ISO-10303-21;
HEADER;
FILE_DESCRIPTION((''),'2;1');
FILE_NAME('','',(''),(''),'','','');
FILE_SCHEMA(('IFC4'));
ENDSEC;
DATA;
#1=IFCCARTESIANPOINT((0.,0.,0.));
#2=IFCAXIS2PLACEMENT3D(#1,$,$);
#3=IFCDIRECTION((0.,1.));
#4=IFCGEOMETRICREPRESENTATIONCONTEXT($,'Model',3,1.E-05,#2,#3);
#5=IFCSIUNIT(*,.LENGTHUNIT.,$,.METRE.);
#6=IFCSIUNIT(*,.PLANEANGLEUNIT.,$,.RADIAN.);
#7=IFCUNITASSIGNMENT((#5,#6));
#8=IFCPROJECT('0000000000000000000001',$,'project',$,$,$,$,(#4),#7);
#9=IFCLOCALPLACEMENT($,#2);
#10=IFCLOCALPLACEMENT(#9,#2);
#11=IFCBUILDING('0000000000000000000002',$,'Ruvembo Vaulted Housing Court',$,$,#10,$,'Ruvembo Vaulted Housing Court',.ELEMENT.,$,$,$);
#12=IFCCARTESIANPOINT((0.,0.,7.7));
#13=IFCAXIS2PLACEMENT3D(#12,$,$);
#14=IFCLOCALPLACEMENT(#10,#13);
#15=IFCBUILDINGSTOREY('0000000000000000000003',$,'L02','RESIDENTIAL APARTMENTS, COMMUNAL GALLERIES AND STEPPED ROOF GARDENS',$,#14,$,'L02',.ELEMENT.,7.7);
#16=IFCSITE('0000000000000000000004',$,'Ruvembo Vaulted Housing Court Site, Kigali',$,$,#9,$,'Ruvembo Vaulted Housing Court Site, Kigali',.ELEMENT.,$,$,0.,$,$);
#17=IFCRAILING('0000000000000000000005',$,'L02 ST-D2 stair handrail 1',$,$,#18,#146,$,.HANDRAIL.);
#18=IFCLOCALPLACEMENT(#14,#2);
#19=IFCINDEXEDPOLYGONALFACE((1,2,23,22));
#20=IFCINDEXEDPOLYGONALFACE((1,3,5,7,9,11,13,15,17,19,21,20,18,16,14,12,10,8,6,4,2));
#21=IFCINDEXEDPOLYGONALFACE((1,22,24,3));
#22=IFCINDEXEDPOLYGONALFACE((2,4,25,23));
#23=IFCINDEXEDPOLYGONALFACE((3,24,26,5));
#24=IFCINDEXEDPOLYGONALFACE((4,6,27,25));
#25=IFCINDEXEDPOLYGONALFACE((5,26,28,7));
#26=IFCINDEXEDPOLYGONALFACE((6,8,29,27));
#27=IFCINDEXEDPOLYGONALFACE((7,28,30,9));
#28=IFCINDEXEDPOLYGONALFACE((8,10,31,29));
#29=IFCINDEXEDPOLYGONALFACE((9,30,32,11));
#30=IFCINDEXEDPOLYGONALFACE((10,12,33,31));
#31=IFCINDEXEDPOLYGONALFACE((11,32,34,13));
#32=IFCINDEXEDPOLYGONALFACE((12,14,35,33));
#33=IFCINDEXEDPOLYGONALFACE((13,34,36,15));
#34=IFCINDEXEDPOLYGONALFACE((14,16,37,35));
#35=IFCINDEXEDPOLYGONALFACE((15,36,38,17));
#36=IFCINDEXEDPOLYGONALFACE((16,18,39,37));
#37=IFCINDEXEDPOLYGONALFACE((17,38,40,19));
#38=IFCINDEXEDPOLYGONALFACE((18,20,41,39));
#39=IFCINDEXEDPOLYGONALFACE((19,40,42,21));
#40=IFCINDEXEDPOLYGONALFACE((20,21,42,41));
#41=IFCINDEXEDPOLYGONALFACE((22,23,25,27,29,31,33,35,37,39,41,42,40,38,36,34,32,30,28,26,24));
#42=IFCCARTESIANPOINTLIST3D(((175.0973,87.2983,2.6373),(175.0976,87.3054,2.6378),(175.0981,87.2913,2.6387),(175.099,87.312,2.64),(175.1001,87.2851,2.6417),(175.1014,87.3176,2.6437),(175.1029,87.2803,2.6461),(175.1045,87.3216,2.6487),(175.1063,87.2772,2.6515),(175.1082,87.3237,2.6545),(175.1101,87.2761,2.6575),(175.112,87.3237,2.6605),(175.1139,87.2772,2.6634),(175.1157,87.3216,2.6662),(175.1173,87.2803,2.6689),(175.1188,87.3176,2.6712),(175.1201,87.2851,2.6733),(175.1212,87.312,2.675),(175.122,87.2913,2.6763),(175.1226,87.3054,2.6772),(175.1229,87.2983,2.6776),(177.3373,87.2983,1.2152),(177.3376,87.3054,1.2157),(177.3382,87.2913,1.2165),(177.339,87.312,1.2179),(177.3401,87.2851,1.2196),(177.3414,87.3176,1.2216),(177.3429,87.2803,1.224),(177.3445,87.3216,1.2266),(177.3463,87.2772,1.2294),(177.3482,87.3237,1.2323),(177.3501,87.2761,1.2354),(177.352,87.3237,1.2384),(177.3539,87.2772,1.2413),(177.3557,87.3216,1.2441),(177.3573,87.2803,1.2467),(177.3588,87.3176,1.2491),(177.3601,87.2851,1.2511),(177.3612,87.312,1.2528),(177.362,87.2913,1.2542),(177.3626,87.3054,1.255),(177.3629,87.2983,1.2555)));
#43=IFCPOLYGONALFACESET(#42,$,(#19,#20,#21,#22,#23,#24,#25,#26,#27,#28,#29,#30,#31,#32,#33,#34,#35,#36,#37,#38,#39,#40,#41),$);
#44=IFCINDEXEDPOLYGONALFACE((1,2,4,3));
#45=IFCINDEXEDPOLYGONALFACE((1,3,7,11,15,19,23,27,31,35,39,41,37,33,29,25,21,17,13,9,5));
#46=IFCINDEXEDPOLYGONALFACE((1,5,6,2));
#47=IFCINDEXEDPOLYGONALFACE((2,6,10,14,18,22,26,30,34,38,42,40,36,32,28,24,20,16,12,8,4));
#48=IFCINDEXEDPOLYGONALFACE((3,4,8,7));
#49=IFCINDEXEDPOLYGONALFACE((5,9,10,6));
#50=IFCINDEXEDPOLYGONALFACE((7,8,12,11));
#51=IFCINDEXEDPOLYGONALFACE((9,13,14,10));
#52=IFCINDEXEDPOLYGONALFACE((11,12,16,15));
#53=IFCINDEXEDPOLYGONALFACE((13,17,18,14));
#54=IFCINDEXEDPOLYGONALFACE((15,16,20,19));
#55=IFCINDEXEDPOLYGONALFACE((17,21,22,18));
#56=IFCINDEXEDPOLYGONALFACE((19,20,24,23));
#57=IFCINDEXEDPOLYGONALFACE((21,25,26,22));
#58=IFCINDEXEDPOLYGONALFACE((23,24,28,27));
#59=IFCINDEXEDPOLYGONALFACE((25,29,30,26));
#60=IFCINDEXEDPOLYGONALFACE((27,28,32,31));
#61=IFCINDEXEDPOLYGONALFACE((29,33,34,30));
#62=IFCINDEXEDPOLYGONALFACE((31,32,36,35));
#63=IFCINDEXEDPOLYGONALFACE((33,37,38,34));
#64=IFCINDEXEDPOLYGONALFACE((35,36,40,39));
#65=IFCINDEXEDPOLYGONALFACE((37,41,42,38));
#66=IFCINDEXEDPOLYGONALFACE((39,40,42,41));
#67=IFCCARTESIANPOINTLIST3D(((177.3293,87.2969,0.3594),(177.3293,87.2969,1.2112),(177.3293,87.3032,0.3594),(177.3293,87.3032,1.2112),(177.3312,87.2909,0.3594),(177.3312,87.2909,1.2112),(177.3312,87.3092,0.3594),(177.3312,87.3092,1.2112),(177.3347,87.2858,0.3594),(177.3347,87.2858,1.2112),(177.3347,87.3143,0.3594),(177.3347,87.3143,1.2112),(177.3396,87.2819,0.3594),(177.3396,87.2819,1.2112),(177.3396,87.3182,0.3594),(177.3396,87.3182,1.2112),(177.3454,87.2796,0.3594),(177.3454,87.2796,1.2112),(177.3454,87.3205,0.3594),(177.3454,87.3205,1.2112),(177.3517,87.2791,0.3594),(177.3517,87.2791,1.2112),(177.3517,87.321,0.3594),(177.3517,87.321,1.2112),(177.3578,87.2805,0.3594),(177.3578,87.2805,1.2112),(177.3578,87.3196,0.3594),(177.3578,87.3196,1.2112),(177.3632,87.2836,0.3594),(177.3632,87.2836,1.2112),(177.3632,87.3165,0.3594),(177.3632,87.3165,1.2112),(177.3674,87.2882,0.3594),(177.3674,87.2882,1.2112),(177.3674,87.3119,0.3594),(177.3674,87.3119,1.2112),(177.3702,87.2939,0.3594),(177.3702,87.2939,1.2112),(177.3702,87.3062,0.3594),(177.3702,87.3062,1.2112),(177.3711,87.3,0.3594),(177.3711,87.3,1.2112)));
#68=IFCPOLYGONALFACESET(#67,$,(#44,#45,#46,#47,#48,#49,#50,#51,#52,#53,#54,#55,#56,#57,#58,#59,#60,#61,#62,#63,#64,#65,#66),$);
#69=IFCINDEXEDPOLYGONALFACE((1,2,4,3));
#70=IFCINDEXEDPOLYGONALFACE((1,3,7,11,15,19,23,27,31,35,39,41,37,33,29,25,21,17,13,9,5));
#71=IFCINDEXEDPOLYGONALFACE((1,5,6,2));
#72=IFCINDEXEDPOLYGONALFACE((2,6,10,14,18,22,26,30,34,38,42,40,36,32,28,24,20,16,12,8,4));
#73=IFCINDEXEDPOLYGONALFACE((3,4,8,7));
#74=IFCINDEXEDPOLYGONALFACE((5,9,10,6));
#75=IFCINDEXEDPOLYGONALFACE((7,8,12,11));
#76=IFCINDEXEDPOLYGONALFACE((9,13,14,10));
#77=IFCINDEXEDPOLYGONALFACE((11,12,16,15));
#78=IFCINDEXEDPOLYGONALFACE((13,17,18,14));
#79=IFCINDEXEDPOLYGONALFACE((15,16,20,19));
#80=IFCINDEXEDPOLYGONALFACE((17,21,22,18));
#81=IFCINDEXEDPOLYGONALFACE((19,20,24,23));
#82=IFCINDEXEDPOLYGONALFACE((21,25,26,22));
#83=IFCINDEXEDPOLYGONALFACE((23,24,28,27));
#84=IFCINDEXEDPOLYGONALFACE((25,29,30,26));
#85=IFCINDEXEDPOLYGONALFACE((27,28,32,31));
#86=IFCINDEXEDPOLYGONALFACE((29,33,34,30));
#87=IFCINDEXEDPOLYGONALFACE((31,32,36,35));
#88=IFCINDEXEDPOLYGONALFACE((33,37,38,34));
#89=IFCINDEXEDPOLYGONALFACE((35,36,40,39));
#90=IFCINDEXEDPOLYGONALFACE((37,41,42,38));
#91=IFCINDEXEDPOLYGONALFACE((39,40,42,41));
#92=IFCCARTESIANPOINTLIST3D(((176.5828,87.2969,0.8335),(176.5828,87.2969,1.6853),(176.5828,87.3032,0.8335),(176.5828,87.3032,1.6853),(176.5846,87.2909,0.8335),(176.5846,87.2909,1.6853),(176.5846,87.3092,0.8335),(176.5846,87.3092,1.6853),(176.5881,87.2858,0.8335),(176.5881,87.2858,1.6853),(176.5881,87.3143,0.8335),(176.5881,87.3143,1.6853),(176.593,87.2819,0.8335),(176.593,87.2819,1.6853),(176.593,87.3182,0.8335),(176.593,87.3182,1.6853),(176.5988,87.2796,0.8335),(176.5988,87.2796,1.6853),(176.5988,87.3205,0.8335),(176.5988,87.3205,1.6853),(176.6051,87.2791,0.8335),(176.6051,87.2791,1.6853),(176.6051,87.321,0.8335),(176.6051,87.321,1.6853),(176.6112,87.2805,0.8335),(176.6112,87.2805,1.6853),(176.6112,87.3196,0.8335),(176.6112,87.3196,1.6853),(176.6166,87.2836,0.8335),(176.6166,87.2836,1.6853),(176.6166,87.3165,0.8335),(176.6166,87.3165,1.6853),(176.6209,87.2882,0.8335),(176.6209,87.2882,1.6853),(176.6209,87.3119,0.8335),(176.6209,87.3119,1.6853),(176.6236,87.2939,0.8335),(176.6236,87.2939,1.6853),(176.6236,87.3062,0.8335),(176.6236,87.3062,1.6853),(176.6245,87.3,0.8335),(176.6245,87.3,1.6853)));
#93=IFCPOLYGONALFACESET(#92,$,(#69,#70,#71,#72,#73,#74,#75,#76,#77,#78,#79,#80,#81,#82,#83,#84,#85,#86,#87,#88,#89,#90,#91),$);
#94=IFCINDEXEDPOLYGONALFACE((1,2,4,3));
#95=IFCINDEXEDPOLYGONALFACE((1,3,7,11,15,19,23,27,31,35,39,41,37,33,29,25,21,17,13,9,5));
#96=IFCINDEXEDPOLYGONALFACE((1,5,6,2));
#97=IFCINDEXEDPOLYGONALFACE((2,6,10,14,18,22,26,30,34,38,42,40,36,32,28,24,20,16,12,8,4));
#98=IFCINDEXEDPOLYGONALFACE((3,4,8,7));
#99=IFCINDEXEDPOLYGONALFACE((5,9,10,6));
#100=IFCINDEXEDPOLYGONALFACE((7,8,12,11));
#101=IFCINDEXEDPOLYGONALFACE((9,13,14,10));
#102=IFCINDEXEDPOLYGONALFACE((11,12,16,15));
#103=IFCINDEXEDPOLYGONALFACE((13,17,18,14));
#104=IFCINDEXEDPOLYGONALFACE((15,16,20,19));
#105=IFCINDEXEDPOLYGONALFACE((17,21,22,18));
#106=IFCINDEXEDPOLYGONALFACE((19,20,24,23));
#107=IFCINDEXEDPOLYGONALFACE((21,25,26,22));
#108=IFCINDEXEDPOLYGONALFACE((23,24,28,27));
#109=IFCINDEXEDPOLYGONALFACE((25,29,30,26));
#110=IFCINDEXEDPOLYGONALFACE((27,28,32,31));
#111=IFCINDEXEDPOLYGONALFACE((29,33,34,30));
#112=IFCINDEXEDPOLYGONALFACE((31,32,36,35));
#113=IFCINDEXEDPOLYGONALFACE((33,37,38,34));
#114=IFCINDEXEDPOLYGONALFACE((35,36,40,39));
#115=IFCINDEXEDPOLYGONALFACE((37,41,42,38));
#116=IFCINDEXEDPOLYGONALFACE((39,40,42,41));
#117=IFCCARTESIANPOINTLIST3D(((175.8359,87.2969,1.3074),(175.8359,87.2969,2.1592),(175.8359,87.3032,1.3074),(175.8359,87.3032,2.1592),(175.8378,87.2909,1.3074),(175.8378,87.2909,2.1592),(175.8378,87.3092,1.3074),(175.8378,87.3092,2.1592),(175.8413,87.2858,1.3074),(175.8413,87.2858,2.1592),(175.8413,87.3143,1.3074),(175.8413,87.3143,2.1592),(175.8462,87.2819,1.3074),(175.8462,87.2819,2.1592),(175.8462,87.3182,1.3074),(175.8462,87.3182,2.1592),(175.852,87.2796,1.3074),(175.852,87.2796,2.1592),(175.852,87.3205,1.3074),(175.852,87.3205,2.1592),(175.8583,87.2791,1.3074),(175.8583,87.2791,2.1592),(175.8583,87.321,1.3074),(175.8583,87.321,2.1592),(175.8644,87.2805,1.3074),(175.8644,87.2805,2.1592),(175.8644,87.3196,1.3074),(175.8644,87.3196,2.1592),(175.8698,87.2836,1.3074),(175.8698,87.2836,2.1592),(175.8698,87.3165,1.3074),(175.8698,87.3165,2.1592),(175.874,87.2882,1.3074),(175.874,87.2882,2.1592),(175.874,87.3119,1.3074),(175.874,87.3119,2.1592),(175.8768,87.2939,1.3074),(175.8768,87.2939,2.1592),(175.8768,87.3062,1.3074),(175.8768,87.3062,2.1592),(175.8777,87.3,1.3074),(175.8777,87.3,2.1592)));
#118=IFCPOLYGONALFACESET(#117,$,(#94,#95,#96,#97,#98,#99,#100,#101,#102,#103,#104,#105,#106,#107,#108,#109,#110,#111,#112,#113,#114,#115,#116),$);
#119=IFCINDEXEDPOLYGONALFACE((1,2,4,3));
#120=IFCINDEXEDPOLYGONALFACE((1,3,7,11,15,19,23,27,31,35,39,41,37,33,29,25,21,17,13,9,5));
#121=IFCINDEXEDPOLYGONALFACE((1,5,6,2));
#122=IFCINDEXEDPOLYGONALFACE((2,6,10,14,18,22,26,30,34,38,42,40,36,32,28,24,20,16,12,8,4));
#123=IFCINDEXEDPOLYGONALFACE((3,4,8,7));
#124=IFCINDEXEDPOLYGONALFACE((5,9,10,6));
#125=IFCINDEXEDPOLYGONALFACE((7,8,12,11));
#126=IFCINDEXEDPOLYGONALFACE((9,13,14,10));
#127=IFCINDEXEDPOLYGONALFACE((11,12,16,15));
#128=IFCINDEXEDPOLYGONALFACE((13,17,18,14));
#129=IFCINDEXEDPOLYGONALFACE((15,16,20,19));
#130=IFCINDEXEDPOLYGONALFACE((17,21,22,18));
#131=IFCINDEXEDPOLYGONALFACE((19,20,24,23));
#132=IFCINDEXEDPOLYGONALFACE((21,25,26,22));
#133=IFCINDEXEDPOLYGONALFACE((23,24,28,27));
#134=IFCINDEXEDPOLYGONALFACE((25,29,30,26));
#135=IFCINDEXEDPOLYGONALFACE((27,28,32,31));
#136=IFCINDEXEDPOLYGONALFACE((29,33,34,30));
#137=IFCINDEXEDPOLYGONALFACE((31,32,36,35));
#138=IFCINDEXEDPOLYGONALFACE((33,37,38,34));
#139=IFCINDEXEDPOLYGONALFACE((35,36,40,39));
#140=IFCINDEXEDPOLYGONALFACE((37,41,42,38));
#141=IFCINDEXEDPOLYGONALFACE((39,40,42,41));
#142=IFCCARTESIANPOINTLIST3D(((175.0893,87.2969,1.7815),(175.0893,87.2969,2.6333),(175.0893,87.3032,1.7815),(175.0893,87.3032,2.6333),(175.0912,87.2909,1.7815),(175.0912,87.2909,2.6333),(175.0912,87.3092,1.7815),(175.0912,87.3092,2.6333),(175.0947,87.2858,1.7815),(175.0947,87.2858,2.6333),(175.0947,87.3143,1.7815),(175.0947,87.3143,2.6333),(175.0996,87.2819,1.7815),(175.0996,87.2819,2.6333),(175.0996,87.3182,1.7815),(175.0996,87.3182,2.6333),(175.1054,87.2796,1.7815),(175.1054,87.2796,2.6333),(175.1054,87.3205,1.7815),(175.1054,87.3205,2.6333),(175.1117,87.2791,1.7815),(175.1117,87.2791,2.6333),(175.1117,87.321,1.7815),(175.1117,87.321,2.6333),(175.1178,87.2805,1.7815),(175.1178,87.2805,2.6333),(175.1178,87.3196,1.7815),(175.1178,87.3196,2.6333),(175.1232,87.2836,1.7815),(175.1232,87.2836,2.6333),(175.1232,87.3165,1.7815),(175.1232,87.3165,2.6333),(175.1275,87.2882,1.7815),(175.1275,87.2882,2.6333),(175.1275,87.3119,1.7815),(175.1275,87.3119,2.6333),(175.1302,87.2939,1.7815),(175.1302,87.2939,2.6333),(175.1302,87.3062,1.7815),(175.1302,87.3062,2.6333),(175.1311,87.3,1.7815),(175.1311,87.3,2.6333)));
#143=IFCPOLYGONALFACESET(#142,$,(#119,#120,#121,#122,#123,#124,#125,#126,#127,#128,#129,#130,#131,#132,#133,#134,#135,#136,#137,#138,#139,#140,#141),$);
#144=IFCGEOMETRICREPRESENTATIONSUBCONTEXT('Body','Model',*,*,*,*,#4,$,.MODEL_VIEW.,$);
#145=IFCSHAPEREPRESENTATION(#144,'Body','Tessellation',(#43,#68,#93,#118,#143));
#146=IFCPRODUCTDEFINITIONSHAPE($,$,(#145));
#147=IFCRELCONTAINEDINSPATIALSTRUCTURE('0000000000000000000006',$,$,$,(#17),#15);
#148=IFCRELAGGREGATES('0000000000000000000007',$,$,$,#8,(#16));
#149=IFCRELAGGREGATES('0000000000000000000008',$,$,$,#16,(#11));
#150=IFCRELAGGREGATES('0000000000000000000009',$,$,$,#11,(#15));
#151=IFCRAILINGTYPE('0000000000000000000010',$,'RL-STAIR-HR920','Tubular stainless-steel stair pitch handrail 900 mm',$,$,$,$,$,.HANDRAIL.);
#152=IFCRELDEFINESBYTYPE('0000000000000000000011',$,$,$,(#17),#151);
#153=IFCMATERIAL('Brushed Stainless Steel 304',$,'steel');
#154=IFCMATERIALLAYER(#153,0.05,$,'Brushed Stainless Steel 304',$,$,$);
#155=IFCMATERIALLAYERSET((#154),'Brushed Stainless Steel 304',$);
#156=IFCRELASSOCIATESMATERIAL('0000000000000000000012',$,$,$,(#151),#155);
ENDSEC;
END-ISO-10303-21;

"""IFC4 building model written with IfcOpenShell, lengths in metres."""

from ifc_helpers import new_model, si_unit, direction, frame, origin, origin_2d, place, context, subcontext, project, spatial, circle, extrude, material, layer, layer_set, type_object, element, save


model = new_model("IFC4")

# Units and contexts
model_context = context("Model", 3, precision=1e-05, world=origin(), true_north=direction((0.0, 1.0)))
body_context = subcontext(model_context, "Body", "Model", "MODEL_VIEW")
ifc_project = project(units=[si_unit("LENGTHUNIT", "METRE"), si_unit("PLANEANGLEUNIT", "RADIAN")], contexts=[model_context])

# Site, building, storey
site_placement = place(None, origin())
site = spatial("IfcSite", under=ifc_project, at=site_placement, Name="Ruvembo Vaulted Housing Court Site, Kigali", LongName="Ruvembo Vaulted Housing Court Site, Kigali", CompositionType="ELEMENT", RefElevation=0.0)
building_placement = place(site_placement, origin())
building = spatial("IfcBuilding", under=site, at=building_placement, Name="Ruvembo Vaulted Housing Court", LongName="Ruvembo Vaulted Housing Court", CompositionType="ELEMENT")
storey_placement = place(building_placement, frame((0.0, 0.0, 7.7)))
storey = spatial("IfcBuildingStorey", under=building, at=storey_placement, Name="L02", Description="RESIDENTIAL APARTMENTS, COMMUNAL GALLERIES AND STEPPED ROOF GARDENS", LongName="L02", CompositionType="ELEMENT", Elevation=7.7)

# Shared definitions
ifc_material_1 = material(Name="Brushed Stainless Steel 304", Category="steel")

# Railing
ifc_layer_1 = layer(ifc_material_1, 0.05, Name="Brushed Stainless Steel 304")
ifc_layer_set_1 = layer_set([ifc_layer_1], Name="Brushed Stainless Steel 304")
railing_type_1 = type_object("IfcRailingType", Name="RL-STAIR-HR920", Description="Tubular stainless-steel stair pitch handrail 900 mm", PredefinedType="HANDRAIL", material=ifc_layer_set_1)
railing_1_placement = place(storey_placement, frame((177.3501, 87.3, 0.3594)))
element("IfcRailing", 1, at=railing_1_placement, inside=storey, type_object=railing_type_1, Name="L02 ST-D2 stair handrail 1", PredefinedType="HANDRAIL", context=body_context, shape_type="SweptSolid", body=[
    extrude(circle(Radius=0.0239, at=origin_2d()), frame((0.0, 0.0, 0.876), z_axis=(-0.844229, 0.0, 0.535982), x_axis=(0.0, -1.0, 0.0)), (0.0, 0.0, 1.0), 2.6533),
    extrude(circle(Radius=0.021, at=origin_2d()), origin(), (0.0, 0.0, 1.0), 0.8518),
    extrude(circle(Radius=0.021, at=origin_2d()), frame((-0.7466, 0.0, 0.4741)), (0.0, 0.0, 1.0), 0.8518),
    extrude(circle(Radius=0.021, at=origin_2d()), frame((-1.4934, 0.0, 0.948)), (0.0, 0.0, 1.0), 0.8518),
    extrude(circle(Radius=0.021, at=origin_2d()), frame((-2.24, 0.0, 1.4221)), (0.0, 0.0, 1.0), 0.8518),
])

save(model, "model.ifc")
